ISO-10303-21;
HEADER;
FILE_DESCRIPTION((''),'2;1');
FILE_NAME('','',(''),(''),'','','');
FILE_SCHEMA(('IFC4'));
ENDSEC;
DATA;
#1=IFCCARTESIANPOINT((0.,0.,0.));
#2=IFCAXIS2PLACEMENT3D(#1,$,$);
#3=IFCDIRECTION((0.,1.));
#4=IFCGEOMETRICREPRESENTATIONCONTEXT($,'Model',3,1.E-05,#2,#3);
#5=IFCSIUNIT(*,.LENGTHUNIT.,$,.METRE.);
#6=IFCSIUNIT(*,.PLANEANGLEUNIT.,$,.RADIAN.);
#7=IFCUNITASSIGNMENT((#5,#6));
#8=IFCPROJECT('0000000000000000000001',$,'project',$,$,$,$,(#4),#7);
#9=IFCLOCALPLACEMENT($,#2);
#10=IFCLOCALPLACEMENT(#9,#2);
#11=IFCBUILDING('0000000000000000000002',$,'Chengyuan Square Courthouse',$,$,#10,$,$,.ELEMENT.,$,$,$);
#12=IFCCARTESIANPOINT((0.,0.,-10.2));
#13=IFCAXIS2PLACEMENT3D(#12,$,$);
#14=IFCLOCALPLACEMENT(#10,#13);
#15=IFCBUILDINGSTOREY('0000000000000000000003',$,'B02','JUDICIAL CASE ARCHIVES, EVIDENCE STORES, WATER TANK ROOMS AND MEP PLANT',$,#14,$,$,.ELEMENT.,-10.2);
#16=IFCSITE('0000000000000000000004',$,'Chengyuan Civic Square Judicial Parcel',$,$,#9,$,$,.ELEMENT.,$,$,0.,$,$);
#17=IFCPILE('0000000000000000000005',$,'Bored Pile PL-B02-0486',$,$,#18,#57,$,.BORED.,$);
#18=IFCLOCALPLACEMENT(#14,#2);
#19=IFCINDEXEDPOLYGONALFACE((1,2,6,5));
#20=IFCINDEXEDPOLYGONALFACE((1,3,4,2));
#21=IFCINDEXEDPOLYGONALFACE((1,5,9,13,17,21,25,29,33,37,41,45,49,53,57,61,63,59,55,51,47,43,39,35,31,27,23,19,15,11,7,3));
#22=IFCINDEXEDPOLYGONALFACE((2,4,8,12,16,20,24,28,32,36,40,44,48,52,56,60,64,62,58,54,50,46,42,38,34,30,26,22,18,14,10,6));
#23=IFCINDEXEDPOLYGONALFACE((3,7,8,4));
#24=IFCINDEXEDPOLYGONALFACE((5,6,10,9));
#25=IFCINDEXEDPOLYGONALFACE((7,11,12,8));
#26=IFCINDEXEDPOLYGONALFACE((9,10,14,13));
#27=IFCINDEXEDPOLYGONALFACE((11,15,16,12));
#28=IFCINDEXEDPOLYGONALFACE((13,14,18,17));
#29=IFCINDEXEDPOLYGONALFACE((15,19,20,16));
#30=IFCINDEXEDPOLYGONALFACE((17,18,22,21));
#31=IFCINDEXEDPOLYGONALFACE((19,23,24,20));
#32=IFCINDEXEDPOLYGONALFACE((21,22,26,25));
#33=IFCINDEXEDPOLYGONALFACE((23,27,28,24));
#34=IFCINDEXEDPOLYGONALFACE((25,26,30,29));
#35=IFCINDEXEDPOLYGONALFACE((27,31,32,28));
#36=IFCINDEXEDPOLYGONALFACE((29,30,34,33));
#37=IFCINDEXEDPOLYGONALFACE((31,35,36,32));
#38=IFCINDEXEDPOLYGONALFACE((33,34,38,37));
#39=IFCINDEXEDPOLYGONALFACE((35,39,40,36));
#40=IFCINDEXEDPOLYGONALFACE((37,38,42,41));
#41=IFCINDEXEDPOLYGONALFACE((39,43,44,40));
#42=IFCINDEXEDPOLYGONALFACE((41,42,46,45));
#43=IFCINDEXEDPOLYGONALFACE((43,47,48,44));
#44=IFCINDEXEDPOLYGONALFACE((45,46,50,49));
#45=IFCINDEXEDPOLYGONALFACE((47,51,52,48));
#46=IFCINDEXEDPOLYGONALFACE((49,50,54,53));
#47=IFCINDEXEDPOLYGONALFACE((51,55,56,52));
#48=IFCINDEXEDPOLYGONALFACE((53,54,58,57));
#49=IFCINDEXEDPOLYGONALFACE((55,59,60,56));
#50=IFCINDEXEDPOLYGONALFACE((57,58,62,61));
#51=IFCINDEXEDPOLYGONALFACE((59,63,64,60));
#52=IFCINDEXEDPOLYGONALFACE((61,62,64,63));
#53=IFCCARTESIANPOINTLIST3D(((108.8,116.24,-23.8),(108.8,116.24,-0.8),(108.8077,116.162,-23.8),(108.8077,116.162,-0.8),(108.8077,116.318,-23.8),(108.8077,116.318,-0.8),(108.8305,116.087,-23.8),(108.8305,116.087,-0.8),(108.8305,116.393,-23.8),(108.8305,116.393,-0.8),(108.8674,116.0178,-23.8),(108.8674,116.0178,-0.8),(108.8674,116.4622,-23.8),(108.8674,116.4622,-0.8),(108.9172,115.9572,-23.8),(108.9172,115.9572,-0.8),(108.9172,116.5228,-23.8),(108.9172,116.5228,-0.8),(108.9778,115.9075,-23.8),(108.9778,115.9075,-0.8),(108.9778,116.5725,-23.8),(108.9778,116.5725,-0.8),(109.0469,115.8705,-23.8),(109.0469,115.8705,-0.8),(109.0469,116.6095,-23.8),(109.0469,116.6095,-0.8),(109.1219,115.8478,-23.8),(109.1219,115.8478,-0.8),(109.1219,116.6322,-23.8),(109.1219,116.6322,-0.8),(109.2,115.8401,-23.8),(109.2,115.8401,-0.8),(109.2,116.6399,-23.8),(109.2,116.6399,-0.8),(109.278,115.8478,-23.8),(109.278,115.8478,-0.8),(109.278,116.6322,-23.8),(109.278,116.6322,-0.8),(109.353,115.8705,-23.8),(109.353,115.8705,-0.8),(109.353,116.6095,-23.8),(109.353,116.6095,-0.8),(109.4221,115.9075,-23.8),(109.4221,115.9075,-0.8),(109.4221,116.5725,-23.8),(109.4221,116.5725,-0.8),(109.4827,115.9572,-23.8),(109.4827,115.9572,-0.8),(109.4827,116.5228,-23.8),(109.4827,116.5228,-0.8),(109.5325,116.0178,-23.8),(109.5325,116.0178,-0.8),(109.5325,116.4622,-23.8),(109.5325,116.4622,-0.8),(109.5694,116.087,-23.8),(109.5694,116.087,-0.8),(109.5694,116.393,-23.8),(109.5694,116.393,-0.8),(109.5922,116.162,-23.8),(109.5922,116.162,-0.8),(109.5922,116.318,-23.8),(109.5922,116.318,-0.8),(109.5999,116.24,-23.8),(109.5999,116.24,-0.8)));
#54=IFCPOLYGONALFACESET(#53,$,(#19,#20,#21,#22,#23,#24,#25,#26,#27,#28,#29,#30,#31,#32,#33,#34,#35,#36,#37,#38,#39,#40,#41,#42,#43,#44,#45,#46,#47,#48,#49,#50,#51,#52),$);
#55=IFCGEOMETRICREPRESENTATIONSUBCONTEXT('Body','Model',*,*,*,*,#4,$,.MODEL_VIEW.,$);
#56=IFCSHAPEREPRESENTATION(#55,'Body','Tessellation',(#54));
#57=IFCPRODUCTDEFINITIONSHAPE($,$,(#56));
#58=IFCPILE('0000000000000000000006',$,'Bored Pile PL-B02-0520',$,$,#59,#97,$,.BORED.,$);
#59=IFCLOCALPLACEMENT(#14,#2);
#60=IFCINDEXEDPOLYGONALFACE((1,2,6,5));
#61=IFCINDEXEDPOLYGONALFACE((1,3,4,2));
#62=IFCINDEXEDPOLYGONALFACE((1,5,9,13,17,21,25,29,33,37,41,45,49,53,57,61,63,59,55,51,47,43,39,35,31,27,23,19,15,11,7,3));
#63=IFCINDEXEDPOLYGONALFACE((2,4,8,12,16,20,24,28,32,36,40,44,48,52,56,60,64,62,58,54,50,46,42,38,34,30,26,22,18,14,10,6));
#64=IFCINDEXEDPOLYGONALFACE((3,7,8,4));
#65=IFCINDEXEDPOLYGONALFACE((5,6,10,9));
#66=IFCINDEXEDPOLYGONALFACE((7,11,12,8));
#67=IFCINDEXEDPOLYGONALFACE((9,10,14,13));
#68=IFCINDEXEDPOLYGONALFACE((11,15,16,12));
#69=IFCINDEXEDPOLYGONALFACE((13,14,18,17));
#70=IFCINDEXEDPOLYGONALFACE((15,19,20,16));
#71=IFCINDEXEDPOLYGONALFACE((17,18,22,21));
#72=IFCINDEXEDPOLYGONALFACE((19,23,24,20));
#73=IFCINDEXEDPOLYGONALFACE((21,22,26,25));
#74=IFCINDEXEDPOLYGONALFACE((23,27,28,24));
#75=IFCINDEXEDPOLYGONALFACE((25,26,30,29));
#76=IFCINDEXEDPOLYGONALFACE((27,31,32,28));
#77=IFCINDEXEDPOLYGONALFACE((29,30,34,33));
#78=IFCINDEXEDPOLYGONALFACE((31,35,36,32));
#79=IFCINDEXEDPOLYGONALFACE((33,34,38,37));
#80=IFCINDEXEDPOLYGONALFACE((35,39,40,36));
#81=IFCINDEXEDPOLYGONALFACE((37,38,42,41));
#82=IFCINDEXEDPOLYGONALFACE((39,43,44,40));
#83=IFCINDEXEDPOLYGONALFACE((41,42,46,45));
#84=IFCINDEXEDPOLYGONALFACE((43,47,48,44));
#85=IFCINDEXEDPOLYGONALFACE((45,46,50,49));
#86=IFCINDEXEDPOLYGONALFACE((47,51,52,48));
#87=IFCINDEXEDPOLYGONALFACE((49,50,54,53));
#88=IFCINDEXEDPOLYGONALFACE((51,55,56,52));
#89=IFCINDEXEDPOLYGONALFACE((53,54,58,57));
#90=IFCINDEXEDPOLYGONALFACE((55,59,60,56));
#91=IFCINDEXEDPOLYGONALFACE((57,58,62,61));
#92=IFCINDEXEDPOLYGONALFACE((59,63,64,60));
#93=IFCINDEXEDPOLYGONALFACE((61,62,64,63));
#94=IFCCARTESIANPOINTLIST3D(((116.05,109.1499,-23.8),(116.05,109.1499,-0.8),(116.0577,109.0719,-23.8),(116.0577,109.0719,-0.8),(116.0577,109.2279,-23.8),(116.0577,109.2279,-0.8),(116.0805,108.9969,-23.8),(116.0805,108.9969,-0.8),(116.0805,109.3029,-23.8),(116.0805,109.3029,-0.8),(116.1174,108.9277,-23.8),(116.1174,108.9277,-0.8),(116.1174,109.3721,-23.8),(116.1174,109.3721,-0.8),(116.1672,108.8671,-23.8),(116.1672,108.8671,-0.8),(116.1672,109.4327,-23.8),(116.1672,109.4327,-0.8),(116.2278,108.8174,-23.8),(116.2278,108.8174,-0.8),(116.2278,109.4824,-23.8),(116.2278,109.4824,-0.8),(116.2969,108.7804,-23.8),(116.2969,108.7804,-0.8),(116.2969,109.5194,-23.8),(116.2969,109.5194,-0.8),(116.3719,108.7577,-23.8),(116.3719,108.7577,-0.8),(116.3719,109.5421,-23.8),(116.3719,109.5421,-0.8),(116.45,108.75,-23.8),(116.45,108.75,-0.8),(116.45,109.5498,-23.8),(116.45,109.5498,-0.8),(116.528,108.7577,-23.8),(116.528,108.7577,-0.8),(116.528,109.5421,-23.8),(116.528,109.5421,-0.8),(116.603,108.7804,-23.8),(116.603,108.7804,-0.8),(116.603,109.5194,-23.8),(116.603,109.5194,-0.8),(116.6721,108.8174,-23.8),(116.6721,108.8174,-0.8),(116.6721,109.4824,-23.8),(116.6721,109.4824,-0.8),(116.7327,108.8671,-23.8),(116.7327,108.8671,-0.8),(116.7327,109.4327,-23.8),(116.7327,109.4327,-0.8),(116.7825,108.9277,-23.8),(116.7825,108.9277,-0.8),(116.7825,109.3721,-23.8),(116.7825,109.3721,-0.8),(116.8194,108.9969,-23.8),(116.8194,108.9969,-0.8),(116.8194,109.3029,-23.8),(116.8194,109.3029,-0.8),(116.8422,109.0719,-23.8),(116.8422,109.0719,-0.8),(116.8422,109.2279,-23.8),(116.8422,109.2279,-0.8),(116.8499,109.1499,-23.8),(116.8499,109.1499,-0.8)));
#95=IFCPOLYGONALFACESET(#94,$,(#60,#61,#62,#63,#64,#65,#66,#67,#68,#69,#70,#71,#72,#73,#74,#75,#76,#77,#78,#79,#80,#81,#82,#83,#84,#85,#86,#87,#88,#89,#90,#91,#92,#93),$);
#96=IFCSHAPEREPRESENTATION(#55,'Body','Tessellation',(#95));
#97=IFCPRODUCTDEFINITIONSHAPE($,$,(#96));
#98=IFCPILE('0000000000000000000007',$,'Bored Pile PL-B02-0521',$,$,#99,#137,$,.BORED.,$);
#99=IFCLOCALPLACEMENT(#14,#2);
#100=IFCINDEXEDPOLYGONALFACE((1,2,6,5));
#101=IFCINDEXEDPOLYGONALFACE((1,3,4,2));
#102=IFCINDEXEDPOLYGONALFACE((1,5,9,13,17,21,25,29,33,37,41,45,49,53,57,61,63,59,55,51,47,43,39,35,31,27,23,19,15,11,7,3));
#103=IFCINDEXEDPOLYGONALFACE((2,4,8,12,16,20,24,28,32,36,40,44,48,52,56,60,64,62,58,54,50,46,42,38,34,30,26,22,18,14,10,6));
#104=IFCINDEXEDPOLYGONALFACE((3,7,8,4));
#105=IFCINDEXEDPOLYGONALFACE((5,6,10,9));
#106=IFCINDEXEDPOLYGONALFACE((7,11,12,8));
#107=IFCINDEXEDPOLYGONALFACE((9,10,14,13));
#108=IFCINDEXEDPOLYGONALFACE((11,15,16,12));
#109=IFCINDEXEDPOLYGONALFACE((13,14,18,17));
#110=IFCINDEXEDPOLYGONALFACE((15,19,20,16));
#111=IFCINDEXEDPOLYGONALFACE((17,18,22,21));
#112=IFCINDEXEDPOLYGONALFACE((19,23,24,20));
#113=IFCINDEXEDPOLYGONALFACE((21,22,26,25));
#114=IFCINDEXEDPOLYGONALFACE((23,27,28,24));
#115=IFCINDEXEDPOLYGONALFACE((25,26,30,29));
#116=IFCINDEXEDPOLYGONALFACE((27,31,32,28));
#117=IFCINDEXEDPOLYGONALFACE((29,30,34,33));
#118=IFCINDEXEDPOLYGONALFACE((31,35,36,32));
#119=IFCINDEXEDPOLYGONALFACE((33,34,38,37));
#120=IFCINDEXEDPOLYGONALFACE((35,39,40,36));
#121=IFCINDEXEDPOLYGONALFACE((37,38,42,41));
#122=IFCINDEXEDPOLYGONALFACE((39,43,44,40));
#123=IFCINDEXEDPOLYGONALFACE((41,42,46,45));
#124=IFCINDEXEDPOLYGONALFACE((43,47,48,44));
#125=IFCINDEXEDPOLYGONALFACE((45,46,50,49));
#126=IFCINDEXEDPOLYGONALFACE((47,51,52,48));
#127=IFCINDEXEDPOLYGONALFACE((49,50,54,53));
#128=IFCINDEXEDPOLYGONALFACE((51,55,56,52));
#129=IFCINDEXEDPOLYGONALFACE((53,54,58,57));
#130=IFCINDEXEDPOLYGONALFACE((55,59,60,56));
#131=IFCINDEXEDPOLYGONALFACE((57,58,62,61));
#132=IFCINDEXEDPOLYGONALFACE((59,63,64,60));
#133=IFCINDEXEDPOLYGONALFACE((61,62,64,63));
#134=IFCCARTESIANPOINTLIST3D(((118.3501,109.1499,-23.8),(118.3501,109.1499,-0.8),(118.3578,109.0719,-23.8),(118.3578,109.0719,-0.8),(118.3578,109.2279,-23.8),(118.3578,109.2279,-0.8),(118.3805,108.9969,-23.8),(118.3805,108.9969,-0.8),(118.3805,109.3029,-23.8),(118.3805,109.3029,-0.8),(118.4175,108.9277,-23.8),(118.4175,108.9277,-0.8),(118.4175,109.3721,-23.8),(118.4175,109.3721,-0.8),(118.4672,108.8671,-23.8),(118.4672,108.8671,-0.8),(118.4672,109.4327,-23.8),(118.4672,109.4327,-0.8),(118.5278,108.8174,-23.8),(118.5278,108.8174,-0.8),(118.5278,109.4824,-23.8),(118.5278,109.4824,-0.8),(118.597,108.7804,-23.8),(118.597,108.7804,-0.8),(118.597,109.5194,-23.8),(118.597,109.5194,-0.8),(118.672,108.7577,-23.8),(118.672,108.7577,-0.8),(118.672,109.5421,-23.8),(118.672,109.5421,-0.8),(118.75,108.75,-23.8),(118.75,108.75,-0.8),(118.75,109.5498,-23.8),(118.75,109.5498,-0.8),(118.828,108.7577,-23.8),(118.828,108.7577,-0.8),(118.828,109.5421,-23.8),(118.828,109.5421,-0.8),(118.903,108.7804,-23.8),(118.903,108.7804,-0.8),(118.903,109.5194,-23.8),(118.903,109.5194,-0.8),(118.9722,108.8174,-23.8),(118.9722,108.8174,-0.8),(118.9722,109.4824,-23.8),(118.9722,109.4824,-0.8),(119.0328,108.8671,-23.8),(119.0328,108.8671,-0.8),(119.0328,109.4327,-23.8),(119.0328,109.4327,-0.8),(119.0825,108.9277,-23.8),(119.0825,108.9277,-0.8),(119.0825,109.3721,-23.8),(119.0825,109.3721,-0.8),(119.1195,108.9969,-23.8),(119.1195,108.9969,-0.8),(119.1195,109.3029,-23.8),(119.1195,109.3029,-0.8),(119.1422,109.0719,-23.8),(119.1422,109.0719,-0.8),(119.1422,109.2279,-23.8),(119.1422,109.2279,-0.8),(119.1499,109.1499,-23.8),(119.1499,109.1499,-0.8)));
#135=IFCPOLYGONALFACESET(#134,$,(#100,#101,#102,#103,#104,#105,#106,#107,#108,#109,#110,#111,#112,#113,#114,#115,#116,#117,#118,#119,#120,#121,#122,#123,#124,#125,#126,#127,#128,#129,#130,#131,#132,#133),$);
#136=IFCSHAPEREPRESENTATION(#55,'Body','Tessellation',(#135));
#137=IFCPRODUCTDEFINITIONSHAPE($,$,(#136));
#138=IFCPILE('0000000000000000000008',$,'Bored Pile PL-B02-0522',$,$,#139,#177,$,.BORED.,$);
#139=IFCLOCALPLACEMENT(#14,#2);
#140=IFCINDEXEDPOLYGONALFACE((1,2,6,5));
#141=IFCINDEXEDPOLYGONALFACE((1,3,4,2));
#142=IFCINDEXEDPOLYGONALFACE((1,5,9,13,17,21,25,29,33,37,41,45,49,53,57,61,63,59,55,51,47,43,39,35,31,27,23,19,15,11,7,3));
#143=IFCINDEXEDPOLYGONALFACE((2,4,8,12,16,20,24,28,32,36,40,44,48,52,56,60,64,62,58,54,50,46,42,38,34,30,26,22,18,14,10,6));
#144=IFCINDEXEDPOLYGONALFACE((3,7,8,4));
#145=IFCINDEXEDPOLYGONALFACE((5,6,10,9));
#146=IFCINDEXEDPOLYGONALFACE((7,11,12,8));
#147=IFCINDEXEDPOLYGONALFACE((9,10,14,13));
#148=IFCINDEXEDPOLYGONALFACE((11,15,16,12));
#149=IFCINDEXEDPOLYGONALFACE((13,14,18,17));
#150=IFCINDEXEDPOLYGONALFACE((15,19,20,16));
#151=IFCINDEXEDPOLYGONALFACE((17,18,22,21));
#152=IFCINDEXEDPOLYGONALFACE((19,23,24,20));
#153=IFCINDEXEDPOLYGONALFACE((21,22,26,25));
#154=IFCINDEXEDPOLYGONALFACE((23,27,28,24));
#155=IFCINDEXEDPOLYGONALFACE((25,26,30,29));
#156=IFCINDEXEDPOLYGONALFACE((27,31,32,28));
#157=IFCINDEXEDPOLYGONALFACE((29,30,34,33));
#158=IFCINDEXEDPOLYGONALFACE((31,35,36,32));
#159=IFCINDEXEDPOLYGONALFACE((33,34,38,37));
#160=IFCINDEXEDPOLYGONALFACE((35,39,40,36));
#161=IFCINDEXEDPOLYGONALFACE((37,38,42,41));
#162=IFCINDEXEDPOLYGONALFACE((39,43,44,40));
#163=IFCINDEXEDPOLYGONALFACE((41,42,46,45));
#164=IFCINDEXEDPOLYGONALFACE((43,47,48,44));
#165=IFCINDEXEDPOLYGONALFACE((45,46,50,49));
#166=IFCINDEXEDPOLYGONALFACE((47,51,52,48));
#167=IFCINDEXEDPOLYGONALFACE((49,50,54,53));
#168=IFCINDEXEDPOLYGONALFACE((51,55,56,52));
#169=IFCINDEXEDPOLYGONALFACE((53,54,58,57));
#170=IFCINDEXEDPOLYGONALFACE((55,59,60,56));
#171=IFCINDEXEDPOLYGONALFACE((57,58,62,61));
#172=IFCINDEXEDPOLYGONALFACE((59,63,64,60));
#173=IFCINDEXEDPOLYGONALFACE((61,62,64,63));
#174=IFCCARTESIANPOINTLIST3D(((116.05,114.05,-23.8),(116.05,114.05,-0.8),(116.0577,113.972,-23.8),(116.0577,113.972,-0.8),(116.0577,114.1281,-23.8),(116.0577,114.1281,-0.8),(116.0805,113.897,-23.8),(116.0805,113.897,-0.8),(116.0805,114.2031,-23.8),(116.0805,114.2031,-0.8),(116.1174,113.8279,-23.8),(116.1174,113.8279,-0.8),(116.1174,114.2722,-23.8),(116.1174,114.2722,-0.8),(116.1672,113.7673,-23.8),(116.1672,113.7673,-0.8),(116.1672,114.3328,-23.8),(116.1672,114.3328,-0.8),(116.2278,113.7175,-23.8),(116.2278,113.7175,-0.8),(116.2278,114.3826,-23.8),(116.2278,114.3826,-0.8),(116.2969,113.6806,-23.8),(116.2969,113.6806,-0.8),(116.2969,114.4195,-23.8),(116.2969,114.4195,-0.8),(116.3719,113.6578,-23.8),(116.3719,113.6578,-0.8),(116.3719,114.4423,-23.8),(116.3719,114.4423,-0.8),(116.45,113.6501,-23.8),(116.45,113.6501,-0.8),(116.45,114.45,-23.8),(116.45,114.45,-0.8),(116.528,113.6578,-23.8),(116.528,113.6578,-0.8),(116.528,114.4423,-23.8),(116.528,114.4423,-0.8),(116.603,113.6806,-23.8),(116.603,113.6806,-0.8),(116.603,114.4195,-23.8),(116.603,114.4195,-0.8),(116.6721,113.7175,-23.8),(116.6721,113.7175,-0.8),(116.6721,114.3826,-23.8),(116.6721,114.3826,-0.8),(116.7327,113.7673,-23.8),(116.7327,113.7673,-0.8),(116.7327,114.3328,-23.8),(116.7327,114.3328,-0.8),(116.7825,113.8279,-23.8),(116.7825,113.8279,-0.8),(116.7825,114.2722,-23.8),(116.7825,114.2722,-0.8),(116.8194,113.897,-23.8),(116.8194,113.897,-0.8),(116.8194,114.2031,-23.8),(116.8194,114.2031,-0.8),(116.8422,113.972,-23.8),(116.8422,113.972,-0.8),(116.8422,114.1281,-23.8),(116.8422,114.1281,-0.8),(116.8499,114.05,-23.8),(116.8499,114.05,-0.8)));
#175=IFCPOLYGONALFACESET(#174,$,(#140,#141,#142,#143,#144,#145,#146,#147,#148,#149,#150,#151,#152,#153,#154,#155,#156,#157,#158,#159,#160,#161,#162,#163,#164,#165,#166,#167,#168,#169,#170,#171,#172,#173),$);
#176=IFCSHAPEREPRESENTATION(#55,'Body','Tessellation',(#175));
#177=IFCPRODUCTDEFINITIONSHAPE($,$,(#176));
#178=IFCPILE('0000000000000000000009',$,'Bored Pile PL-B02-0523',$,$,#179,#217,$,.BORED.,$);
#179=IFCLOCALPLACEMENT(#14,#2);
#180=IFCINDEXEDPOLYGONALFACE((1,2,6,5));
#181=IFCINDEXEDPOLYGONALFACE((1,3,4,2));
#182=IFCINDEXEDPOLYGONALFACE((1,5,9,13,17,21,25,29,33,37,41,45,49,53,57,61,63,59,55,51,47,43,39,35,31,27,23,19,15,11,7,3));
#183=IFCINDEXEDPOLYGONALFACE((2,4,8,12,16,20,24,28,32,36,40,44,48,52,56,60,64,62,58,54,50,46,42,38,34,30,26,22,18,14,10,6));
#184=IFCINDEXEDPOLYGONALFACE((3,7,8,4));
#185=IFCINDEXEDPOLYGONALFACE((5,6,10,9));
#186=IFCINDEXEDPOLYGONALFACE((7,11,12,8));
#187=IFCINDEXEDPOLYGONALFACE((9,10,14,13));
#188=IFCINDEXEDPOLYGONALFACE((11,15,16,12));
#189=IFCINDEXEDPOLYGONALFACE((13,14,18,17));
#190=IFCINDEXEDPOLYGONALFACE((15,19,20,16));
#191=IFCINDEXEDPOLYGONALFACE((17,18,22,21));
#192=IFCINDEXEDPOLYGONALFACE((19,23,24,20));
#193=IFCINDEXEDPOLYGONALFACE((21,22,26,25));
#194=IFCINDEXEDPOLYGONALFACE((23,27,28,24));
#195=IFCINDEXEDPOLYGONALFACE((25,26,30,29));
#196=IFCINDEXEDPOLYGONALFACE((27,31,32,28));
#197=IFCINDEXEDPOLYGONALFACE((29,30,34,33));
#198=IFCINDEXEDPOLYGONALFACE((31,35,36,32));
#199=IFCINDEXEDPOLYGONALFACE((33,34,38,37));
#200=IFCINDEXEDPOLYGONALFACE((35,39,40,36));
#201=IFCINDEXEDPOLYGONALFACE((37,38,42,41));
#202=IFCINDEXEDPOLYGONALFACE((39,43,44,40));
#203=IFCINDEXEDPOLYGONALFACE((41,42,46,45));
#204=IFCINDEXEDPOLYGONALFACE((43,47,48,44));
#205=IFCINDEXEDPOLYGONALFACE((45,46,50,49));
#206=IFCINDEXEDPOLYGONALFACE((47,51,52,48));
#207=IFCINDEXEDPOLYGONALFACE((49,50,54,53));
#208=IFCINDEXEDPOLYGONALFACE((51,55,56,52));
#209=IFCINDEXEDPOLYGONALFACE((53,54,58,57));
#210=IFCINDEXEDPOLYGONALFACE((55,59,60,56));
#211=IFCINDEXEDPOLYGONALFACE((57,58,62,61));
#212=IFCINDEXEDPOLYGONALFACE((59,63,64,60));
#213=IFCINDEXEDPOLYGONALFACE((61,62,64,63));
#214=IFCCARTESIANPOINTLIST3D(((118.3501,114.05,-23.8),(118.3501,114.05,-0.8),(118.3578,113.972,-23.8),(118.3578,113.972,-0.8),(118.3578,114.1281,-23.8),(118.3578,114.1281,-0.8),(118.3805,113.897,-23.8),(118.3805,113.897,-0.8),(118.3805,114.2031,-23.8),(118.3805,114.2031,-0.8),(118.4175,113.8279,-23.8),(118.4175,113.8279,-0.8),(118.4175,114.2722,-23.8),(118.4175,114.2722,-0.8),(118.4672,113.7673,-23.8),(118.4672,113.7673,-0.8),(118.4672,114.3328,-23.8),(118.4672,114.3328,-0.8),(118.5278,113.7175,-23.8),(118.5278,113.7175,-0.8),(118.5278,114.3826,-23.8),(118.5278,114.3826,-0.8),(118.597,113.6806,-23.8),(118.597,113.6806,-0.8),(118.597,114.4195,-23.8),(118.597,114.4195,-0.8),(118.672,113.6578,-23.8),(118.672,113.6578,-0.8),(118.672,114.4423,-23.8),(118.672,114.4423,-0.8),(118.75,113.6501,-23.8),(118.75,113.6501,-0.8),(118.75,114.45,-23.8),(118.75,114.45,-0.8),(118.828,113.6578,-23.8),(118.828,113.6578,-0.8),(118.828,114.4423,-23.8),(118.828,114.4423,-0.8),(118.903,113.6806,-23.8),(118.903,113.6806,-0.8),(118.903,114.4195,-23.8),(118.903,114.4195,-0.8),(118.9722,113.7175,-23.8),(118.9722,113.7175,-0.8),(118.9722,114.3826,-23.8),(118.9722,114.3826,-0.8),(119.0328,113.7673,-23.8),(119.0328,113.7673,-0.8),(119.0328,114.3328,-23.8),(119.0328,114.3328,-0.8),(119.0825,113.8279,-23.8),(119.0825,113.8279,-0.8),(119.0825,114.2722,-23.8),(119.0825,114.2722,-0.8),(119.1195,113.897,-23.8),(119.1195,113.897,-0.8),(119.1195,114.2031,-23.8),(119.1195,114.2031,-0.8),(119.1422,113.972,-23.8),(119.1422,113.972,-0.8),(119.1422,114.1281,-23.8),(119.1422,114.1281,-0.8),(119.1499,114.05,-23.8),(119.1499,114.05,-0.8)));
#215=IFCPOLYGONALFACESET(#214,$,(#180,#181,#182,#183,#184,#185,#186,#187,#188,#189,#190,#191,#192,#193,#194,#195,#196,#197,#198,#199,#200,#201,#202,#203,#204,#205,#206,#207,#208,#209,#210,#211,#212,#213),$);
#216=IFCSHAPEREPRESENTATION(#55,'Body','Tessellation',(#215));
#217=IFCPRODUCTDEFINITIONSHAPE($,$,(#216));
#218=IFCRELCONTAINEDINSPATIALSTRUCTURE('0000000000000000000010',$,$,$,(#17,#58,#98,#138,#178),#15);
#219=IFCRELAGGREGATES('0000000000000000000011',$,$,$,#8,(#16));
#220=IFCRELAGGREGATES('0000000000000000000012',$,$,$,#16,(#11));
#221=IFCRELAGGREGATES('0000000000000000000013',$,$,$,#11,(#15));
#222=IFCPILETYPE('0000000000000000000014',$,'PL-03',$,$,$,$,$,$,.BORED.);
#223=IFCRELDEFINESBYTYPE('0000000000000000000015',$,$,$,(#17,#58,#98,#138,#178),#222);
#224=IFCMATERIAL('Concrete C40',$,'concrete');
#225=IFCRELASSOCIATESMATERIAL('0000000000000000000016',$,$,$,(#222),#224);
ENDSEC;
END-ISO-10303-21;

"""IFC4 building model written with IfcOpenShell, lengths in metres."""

from ifc_helpers import new_model, si_unit, direction, frame, origin, origin_2d, place, context, subcontext, project, spatial, circle, extrude, material, material_profile, profile_set, type_object, element, save


model = new_model("IFC4")

# Units and contexts
model_context = context("Model", 3, precision=1e-05, world=origin(), true_north=direction((0.0, 1.0)))
body_context = subcontext(model_context, "Body", "Model", "MODEL_VIEW")
ifc_project = project(units=[si_unit("LENGTHUNIT", "METRE"), si_unit("PLANEANGLEUNIT", "RADIAN")], contexts=[model_context])

# Site, building, storey
site_placement = place(None, origin())
site = spatial("IfcSite", under=ifc_project, at=site_placement, Name="Chengyuan Civic Square Judicial Parcel", CompositionType="ELEMENT", RefElevation=0.0)
building_placement = place(site_placement, origin())
building = spatial("IfcBuilding", under=site, at=building_placement, Name="Chengyuan Square Courthouse", CompositionType="ELEMENT")
storey_placement = place(building_placement, frame((0.0, 0.0, -10.2)))
storey = spatial("IfcBuildingStorey", under=building, at=storey_placement, Name="B02", Description="JUDICIAL CASE ARCHIVES, EVIDENCE STORES, WATER TANK ROOMS AND MEP PLANT", CompositionType="ELEMENT", Elevation=-10.2)

# Shared definitions
ifc_material_1 = material(Name="Concrete C40", Category="concrete")

# Piles
ifc_material_profile_1 = material_profile(ifc_material_1, circle(Radius=0.3999, at=origin_2d()), Name="BORED PILE D800")
ifc_profile_set_1 = profile_set([ifc_material_profile_1], Name="Concrete C40")
pile_type_1 = type_object("IfcPileType", Name="PL-03", PredefinedType="BORED", material=ifc_profile_set_1)
for number, where, z_axis, x_axis, name in (
    (1, (109.2, 116.24, -0.8), (0.0, 0.0, -1.0), (1.0, 0.0, 0.0), "Bored Pile PL-B02-0486"),
    (2, (116.45, 109.1499, -0.8), (0.0, 0.0, -1.0), (1.0, 0.0, 0.0), "Bored Pile PL-B02-0520"),
    (3, (118.75, 109.1499, -0.8), (0.0, 0.0, -1.0), (1.0, 0.0, 0.0), "Bored Pile PL-B02-0521"),
    (4, (116.45, 114.05, -0.8), (0.0, 0.0, -1.0), (1.0, 0.0, 0.0), "Bored Pile PL-B02-0522"),
    (5, (118.75, 114.05, -0.8), (0.0, 0.0, -1.0), (1.0, 0.0, 0.0), "Bored Pile PL-B02-0523"),
):
    element("IfcPile", number, at=place(storey_placement, frame(where, z_axis=z_axis, x_axis=x_axis)), inside=storey, type_object=pile_type_1, Name=name, PredefinedType="BORED", context=body_context, shape_type="SweptSolid", body=[
        extrude(circle(Radius=0.3999, at=origin_2d()), origin(), (0.0, 0.0, 1.0), 23.0),
    ])

save(model, "model.ifc")
